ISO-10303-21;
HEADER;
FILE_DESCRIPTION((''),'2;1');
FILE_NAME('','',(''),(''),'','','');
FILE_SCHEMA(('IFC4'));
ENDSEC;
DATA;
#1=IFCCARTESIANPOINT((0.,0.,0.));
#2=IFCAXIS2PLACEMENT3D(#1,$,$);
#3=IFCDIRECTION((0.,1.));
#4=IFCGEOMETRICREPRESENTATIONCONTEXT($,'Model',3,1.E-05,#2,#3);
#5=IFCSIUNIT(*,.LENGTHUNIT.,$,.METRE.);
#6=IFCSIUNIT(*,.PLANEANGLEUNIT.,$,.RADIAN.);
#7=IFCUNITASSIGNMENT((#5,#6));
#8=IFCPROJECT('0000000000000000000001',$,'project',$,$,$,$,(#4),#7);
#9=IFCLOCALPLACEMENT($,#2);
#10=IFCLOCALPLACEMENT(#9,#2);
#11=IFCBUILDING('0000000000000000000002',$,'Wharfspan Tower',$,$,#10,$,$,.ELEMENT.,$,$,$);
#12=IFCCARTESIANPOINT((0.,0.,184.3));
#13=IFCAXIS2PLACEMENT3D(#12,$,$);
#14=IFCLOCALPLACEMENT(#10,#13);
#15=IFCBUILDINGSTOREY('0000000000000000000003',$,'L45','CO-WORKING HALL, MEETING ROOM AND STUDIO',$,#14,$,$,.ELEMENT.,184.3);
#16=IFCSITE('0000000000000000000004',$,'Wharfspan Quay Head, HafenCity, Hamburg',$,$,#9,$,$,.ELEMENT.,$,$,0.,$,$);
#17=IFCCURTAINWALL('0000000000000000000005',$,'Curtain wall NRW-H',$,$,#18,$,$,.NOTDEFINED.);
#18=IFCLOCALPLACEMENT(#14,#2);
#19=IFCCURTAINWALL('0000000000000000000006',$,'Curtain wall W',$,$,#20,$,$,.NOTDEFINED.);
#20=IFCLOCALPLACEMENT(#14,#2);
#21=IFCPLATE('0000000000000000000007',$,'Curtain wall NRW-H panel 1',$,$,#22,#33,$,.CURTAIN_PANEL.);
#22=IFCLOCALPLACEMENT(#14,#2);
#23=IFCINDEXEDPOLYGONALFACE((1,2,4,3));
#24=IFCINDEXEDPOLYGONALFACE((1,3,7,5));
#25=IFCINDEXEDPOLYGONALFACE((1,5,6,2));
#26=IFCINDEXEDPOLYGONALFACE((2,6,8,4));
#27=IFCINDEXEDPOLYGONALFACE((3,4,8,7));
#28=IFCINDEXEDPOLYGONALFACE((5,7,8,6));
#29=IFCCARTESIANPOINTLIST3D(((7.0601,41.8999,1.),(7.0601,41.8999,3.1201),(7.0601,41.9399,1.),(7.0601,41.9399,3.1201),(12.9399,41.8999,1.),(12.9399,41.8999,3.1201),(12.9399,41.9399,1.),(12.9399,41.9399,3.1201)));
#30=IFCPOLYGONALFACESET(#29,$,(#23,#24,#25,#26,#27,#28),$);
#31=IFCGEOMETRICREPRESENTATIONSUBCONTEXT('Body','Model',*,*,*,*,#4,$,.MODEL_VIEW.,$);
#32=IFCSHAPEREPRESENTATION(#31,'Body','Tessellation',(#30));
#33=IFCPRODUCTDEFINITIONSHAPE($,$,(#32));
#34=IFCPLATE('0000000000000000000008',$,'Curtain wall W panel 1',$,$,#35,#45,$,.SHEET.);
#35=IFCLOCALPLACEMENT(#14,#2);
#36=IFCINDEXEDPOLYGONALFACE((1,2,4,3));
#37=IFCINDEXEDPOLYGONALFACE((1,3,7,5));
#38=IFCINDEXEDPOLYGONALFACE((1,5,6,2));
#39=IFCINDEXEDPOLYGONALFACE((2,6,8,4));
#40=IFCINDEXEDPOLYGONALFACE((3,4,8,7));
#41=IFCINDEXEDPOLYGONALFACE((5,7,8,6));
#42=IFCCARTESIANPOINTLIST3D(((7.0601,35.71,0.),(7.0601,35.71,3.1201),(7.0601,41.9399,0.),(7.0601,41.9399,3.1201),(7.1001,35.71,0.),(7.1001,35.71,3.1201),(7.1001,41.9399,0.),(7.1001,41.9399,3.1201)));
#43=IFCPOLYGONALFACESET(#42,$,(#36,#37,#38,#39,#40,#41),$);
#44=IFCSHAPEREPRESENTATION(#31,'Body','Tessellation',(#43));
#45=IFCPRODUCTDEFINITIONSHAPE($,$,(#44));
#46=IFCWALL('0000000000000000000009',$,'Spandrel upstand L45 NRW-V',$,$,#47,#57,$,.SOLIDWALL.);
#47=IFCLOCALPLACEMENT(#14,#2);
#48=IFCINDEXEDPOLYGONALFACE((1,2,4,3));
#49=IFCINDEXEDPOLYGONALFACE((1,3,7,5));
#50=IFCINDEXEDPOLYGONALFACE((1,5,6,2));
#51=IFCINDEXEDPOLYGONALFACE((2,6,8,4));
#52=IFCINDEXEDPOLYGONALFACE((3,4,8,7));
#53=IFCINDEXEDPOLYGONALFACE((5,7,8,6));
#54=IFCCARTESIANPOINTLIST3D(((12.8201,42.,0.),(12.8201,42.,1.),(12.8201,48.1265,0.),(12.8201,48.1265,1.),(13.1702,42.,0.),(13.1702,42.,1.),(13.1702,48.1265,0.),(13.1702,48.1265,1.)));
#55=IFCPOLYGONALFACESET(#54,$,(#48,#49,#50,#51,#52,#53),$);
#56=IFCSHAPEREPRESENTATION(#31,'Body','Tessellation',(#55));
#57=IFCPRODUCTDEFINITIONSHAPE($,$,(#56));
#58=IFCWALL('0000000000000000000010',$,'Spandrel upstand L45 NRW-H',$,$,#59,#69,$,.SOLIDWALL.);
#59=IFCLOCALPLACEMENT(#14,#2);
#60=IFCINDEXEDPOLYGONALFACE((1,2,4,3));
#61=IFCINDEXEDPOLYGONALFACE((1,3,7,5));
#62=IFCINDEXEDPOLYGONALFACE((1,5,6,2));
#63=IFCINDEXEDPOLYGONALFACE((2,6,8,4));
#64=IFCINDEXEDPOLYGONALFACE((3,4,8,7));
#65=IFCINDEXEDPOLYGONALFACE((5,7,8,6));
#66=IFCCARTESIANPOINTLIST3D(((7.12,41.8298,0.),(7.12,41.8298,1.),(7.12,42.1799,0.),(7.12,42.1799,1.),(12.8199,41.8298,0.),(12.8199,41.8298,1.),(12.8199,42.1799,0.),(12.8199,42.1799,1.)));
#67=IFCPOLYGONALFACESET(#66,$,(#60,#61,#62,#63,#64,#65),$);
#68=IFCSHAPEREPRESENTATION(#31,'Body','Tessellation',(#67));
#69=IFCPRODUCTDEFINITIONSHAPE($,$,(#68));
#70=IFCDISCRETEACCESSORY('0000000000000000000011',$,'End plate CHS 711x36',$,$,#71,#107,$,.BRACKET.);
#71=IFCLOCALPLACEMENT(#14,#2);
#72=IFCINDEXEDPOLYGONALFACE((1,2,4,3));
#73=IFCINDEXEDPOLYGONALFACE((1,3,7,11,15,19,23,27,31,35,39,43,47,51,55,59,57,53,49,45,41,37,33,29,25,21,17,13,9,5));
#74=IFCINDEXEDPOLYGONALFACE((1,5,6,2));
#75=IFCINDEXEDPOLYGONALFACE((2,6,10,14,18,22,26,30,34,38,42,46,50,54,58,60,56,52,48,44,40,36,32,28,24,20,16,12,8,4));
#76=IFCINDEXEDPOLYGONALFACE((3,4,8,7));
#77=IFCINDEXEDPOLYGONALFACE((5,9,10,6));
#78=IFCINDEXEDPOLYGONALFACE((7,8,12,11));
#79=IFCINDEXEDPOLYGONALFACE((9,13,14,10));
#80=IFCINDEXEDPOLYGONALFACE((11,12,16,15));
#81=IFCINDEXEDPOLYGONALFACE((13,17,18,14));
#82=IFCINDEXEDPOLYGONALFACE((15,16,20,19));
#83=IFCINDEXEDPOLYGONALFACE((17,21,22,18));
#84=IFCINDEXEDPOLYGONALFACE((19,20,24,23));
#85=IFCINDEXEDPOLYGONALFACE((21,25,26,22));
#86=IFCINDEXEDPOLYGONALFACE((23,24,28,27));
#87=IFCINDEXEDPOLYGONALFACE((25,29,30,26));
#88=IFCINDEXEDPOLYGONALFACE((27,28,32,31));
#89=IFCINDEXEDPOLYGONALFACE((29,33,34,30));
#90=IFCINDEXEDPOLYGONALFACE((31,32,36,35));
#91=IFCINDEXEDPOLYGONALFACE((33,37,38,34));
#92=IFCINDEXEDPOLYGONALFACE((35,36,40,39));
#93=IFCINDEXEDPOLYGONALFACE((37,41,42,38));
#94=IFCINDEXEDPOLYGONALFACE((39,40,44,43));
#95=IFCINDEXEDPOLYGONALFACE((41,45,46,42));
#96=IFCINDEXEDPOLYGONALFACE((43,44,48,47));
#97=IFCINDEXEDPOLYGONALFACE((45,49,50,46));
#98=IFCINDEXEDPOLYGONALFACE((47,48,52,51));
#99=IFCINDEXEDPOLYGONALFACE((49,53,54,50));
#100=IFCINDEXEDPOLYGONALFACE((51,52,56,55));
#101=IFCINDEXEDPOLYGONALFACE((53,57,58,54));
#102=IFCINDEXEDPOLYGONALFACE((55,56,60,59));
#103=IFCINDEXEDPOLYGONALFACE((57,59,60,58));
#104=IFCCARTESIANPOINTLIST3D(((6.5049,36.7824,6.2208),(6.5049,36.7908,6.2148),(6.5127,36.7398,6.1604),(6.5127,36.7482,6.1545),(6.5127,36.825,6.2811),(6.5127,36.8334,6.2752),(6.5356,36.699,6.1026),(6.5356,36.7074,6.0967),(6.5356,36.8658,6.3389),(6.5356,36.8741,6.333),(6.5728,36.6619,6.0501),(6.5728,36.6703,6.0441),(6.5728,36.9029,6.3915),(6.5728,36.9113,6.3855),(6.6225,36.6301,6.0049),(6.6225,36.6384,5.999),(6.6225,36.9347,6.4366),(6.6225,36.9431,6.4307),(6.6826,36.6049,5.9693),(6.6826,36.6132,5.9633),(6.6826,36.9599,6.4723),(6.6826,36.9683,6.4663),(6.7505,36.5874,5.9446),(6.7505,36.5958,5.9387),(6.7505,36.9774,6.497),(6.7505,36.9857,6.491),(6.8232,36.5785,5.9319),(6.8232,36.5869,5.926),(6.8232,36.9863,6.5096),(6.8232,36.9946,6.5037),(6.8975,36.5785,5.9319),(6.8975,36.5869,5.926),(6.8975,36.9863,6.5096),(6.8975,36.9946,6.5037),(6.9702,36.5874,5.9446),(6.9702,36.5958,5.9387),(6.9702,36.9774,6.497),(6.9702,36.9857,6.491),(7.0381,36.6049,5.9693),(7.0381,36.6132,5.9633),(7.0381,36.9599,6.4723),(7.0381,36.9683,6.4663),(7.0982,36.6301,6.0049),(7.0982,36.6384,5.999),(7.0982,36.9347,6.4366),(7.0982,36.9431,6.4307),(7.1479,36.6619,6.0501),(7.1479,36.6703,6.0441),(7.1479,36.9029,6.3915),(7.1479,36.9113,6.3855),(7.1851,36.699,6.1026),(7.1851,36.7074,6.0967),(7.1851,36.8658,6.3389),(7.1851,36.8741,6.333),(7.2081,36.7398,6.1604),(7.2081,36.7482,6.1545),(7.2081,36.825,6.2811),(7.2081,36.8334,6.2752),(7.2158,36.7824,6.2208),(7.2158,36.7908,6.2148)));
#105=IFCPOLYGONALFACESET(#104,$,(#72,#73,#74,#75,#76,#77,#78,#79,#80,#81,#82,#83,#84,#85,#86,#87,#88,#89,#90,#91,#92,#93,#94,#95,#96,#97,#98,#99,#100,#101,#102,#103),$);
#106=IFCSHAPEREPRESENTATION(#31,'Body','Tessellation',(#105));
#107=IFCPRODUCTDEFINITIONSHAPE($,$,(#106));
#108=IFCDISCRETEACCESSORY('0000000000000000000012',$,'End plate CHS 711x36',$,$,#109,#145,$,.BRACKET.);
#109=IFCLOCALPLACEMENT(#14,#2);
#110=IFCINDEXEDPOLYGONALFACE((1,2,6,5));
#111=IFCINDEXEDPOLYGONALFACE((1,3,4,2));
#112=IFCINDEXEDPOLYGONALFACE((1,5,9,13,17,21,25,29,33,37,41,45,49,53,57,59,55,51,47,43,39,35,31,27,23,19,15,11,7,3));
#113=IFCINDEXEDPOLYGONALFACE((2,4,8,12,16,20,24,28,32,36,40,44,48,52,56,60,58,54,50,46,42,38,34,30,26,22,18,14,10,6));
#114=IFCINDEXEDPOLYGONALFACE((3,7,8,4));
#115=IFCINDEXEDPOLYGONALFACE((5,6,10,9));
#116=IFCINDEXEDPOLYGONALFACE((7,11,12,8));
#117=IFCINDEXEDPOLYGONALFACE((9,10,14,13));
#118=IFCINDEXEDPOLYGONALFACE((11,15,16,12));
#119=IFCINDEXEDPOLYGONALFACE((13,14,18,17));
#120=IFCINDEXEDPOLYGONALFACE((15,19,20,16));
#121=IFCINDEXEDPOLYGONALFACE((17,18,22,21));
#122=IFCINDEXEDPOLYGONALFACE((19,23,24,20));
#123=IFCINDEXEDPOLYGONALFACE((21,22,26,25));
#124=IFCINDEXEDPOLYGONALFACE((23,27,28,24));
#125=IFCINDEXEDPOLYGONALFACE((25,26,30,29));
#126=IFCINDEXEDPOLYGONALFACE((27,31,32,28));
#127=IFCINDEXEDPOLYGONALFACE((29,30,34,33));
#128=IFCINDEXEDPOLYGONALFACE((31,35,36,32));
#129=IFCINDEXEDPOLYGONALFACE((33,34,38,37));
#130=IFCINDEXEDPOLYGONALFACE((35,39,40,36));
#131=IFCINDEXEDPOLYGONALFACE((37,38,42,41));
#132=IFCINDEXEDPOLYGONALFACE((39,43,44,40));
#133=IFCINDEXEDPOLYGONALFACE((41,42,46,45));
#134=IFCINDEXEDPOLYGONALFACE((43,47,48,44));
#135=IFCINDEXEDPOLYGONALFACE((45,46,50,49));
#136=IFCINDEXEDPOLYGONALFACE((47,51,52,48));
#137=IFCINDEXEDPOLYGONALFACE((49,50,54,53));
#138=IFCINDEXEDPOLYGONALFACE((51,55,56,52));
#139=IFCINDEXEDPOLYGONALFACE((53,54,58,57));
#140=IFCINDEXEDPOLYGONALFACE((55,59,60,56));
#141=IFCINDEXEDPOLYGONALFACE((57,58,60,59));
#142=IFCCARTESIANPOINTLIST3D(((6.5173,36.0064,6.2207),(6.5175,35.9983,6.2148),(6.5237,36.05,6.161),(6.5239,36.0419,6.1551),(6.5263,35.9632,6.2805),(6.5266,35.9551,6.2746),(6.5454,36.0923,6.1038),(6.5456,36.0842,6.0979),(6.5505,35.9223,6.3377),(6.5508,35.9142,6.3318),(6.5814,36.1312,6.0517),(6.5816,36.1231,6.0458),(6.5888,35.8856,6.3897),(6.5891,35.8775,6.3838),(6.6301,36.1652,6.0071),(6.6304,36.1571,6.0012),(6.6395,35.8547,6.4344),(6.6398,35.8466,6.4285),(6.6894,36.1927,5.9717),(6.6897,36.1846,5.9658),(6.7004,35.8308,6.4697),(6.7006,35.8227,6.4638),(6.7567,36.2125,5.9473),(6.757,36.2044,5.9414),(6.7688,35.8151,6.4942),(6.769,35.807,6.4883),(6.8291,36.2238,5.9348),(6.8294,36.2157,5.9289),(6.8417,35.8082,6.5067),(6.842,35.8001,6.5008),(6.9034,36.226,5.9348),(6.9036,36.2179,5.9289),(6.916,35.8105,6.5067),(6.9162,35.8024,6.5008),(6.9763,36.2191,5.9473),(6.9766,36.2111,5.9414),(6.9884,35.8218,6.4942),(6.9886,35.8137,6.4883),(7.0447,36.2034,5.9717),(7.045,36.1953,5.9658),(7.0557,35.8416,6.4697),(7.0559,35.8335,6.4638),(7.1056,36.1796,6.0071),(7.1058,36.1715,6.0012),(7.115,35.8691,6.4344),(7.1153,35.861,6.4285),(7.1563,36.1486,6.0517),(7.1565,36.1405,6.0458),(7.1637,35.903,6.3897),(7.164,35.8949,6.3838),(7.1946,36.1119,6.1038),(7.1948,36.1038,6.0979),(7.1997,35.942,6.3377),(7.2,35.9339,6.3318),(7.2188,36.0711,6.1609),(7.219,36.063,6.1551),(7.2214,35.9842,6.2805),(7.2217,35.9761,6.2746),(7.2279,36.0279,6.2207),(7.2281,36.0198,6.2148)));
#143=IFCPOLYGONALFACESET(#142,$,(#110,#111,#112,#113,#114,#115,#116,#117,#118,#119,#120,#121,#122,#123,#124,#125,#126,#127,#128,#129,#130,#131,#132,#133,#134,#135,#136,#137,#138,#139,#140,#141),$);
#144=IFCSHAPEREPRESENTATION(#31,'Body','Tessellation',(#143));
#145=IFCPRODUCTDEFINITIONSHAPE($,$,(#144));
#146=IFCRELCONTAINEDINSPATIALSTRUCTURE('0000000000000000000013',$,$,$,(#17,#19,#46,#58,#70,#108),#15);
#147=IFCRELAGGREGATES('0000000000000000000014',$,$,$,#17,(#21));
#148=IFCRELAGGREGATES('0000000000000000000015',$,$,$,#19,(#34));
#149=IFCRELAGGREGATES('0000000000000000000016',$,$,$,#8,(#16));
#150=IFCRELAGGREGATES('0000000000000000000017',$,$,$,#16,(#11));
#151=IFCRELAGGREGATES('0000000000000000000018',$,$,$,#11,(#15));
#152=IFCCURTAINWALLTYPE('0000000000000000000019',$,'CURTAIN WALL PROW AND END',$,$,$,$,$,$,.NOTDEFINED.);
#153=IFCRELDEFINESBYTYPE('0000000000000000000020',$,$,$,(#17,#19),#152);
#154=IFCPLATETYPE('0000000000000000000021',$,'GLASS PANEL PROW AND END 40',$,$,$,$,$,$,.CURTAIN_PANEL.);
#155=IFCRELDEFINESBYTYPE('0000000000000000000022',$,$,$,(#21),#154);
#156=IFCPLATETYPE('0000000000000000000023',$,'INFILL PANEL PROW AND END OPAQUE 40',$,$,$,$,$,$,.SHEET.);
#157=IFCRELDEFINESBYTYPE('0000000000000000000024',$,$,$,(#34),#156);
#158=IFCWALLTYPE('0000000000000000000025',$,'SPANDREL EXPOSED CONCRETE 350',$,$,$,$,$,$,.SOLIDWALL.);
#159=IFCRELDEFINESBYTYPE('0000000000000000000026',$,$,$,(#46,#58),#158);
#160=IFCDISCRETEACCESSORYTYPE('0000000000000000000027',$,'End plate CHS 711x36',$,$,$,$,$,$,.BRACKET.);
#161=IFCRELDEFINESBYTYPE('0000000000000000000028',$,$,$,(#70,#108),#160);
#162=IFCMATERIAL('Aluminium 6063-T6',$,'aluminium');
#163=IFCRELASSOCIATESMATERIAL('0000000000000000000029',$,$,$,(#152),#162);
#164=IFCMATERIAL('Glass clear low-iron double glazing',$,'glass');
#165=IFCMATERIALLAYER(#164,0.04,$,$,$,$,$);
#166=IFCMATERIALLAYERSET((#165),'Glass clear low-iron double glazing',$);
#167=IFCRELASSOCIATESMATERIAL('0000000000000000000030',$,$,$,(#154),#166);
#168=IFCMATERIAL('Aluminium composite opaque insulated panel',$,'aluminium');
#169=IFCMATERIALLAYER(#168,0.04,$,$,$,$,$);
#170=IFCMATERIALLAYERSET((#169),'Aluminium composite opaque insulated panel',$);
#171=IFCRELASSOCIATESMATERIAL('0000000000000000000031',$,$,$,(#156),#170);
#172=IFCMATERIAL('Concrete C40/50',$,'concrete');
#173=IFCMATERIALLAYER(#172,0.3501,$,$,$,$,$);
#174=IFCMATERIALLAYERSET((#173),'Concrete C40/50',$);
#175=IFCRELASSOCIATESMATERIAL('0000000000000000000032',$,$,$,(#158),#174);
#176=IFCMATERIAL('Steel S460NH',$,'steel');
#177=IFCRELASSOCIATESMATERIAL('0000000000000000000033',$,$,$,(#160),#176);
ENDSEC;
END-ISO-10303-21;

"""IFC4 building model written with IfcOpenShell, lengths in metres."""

from ifc_helpers import new_model, si_unit, direction, frame, frame_2d, origin, origin_2d, place, context, subcontext, project, spatial, rectangle, circle, extrude, material, layer, layer_set, material_profile, profile_set, type_object, element, aggregate, save


model = new_model("IFC4")

# Units and contexts
model_context = context("Model", 3, precision=1e-05, world=origin(), true_north=direction((0.0, 1.0)))
body_context = subcontext(model_context, "Body", "Model", "MODEL_VIEW")
ifc_project = project(units=[si_unit("LENGTHUNIT", "METRE"), si_unit("PLANEANGLEUNIT", "RADIAN")], contexts=[model_context])

# Site, building, storey
site_placement = place(None, origin())
site = spatial("IfcSite", under=ifc_project, at=site_placement, Name="Wharfspan Quay Head, HafenCity, Hamburg", CompositionType="ELEMENT", RefElevation=0.0)
building_placement = place(site_placement, origin())
building = spatial("IfcBuilding", under=site, at=building_placement, Name="Wharfspan Tower", CompositionType="ELEMENT")
storey_placement = place(building_placement, frame((0.0, 0.0, 184.3)))
storey = spatial("IfcBuildingStorey", under=building, at=storey_placement, Name="L45", Description="CO-WORKING HALL, MEETING ROOM AND STUDIO", CompositionType="ELEMENT", Elevation=184.3)

# Curtain walls
ifc_material_1 = material(Name="Aluminium 6063-T6", Category="aluminium")
curtain_wall_type = type_object("IfcCurtainWallType", Name="CURTAIN WALL PROW AND END", PredefinedType="NOTDEFINED", material=ifc_material_1)
curtain_wall_1_placement = place(storey_placement, origin())
curtain_wall_1 = element("IfcCurtainWall", 1, at=curtain_wall_1_placement, inside=storey, type_object=curtain_wall_type, Name="Curtain wall NRW-H", PredefinedType="NOTDEFINED")
curtain_wall_2_placement = place(storey_placement, origin())
curtain_wall_2 = element("IfcCurtainWall", 2, at=curtain_wall_2_placement, inside=storey, type_object=curtain_wall_type, Name="Curtain wall W", PredefinedType="NOTDEFINED")

# Shared definitions
ifc_material_2 = material(Name="Steel S460NH", Category="steel")

# Plates
ifc_material_3 = material(Name="Glass clear low-iron double glazing", Category="glass")
ifc_layer_1 = layer(ifc_material_3, 0.04)
ifc_layer_set_1 = layer_set([ifc_layer_1], Name="Glass clear low-iron double glazing")
plate_type_1 = type_object("IfcPlateType", Name="GLASS PANEL PROW AND END 40", PredefinedType="CURTAIN_PANEL", material=ifc_layer_set_1)
plate_1_placement = place(storey_placement, frame((10.0, 41.9199, 1.0), z_axis=(0.0, 0.0, 1.0), x_axis=(-1.0, 0.0, 0.0)))
plate_1 = element("IfcPlate", 3, at=plate_1_placement, type_object=plate_type_1, Name="Curtain wall NRW-H panel 1", PredefinedType="CURTAIN_PANEL", context=body_context, shape_type="SweptSolid", body=[
    extrude(rectangle(XDim=5.8799, YDim=0.04, at=origin_2d()), origin(), (0.0, 0.0, 1.0), 2.1201),
])
aggregate(curtain_wall_1, [plate_1])
ifc_material_4 = material(Name="Aluminium composite opaque insulated panel", Category="aluminium")
ifc_layer_2 = layer(ifc_material_4, 0.04)
ifc_layer_set_2 = layer_set([ifc_layer_2], Name="Aluminium composite opaque insulated panel")
plate_type_2 = type_object("IfcPlateType", Name="INFILL PANEL PROW AND END OPAQUE 40", PredefinedType="SHEET", material=ifc_layer_set_2)
plate_2_placement = place(storey_placement, frame((7.0801, 38.825, 0.0), z_axis=(0.0, 0.0, 1.0), x_axis=(0.0, -1.0, 0.0)))
plate_2 = element("IfcPlate", 4, at=plate_2_placement, type_object=plate_type_2, Name="Curtain wall W panel 1", PredefinedType="SHEET", context=body_context, shape_type="SweptSolid", body=[
    extrude(rectangle(XDim=6.23, YDim=0.04, at=origin_2d()), origin(), (0.0, 0.0, 1.0), 3.1201),
])
aggregate(curtain_wall_2, [plate_2])

# Walls
ifc_material_5 = material(Name="Concrete C40/50", Category="concrete")
ifc_layer_3 = layer(ifc_material_5, 0.3501)
ifc_layer_set_3 = layer_set([ifc_layer_3], Name="Concrete C40/50")
wall_type = type_object("IfcWallType", Name="SPANDREL EXPOSED CONCRETE 350", PredefinedType="SOLIDWALL", material=ifc_layer_set_3)
wall_1_placement = place(storey_placement, frame((12.9951, 48.1265, 0.0), z_axis=(0.0, 0.0, 1.0), x_axis=(0.0, -1.0, 0.0)))
element("IfcWall", 5, at=wall_1_placement, inside=storey, type_object=wall_type, Name="Spandrel upstand L45 NRW-V", PredefinedType="SOLIDWALL", context=body_context, shape_type="SweptSolid", body=[
    extrude(rectangle(XDim=6.1265, YDim=0.3501, at=frame_2d((3.0632, 0.0))), origin(), (0.0, 0.0, 1.0), 1.0),
])
wall_2_placement = place(storey_placement, frame((12.8201, 42.0049, 0.0), z_axis=(0.0, 0.0, 1.0), x_axis=(-1.0, 0.0, 0.0)))
element("IfcWall", 6, at=wall_2_placement, inside=storey, type_object=wall_type, Name="Spandrel upstand L45 NRW-H", PredefinedType="SOLIDWALL", context=body_context, shape_type="SweptSolid", body=[
    extrude(rectangle(XDim=5.7, YDim=0.3501, at=frame_2d((2.8501, 0.0))), origin(), (0.0, 0.0, 1.0), 1.0),
])

# Discrete accessories
ifc_material_profile_1 = material_profile(ifc_material_2, circle(Radius=0.3555, at=origin_2d()))
ifc_profile_set_1 = profile_set([ifc_material_profile_1], Name="Steel S460NH")
discrete_accessory_type = type_object("IfcDiscreteAccessoryType", Name="End plate CHS 711x36", PredefinedType="BRACKET", material=ifc_profile_set_1)
discrete_accessory_1_placement = place(storey_placement, frame((6.8604, 36.7908, 6.2148), z_axis=(0.0, -0.816968, 0.576683), x_axis=(1.0, 0.0, 0.0)))
element("IfcDiscreteAccessory", 7, at=discrete_accessory_1_placement, inside=storey, type_object=discrete_accessory_type, Name="End plate CHS 711x36", PredefinedType="BRACKET", context=body_context, shape_type="SweptSolid", body=[
    extrude(circle(Radius=0.3555, at=origin_2d()), origin(), (0.0, 0.0, 1.0), 0.0103),
])
discrete_accessory_2_placement = place(storey_placement, frame((6.8728, 36.009, 6.2148), z_axis=(-0.0245, 0.808493, 0.587995), x_axis=(-0.999537, -0.03029, 0.000001)))
element("IfcDiscreteAccessory", 8, at=discrete_accessory_2_placement, inside=storey, type_object=discrete_accessory_type, Name="End plate CHS 711x36", PredefinedType="BRACKET", context=body_context, shape_type="SweptSolid", body=[
    extrude(circle(Radius=0.3555, at=origin_2d()), origin(), (0.0, 0.0, 1.0), 0.01),
])

save(model, "model.ifc")
